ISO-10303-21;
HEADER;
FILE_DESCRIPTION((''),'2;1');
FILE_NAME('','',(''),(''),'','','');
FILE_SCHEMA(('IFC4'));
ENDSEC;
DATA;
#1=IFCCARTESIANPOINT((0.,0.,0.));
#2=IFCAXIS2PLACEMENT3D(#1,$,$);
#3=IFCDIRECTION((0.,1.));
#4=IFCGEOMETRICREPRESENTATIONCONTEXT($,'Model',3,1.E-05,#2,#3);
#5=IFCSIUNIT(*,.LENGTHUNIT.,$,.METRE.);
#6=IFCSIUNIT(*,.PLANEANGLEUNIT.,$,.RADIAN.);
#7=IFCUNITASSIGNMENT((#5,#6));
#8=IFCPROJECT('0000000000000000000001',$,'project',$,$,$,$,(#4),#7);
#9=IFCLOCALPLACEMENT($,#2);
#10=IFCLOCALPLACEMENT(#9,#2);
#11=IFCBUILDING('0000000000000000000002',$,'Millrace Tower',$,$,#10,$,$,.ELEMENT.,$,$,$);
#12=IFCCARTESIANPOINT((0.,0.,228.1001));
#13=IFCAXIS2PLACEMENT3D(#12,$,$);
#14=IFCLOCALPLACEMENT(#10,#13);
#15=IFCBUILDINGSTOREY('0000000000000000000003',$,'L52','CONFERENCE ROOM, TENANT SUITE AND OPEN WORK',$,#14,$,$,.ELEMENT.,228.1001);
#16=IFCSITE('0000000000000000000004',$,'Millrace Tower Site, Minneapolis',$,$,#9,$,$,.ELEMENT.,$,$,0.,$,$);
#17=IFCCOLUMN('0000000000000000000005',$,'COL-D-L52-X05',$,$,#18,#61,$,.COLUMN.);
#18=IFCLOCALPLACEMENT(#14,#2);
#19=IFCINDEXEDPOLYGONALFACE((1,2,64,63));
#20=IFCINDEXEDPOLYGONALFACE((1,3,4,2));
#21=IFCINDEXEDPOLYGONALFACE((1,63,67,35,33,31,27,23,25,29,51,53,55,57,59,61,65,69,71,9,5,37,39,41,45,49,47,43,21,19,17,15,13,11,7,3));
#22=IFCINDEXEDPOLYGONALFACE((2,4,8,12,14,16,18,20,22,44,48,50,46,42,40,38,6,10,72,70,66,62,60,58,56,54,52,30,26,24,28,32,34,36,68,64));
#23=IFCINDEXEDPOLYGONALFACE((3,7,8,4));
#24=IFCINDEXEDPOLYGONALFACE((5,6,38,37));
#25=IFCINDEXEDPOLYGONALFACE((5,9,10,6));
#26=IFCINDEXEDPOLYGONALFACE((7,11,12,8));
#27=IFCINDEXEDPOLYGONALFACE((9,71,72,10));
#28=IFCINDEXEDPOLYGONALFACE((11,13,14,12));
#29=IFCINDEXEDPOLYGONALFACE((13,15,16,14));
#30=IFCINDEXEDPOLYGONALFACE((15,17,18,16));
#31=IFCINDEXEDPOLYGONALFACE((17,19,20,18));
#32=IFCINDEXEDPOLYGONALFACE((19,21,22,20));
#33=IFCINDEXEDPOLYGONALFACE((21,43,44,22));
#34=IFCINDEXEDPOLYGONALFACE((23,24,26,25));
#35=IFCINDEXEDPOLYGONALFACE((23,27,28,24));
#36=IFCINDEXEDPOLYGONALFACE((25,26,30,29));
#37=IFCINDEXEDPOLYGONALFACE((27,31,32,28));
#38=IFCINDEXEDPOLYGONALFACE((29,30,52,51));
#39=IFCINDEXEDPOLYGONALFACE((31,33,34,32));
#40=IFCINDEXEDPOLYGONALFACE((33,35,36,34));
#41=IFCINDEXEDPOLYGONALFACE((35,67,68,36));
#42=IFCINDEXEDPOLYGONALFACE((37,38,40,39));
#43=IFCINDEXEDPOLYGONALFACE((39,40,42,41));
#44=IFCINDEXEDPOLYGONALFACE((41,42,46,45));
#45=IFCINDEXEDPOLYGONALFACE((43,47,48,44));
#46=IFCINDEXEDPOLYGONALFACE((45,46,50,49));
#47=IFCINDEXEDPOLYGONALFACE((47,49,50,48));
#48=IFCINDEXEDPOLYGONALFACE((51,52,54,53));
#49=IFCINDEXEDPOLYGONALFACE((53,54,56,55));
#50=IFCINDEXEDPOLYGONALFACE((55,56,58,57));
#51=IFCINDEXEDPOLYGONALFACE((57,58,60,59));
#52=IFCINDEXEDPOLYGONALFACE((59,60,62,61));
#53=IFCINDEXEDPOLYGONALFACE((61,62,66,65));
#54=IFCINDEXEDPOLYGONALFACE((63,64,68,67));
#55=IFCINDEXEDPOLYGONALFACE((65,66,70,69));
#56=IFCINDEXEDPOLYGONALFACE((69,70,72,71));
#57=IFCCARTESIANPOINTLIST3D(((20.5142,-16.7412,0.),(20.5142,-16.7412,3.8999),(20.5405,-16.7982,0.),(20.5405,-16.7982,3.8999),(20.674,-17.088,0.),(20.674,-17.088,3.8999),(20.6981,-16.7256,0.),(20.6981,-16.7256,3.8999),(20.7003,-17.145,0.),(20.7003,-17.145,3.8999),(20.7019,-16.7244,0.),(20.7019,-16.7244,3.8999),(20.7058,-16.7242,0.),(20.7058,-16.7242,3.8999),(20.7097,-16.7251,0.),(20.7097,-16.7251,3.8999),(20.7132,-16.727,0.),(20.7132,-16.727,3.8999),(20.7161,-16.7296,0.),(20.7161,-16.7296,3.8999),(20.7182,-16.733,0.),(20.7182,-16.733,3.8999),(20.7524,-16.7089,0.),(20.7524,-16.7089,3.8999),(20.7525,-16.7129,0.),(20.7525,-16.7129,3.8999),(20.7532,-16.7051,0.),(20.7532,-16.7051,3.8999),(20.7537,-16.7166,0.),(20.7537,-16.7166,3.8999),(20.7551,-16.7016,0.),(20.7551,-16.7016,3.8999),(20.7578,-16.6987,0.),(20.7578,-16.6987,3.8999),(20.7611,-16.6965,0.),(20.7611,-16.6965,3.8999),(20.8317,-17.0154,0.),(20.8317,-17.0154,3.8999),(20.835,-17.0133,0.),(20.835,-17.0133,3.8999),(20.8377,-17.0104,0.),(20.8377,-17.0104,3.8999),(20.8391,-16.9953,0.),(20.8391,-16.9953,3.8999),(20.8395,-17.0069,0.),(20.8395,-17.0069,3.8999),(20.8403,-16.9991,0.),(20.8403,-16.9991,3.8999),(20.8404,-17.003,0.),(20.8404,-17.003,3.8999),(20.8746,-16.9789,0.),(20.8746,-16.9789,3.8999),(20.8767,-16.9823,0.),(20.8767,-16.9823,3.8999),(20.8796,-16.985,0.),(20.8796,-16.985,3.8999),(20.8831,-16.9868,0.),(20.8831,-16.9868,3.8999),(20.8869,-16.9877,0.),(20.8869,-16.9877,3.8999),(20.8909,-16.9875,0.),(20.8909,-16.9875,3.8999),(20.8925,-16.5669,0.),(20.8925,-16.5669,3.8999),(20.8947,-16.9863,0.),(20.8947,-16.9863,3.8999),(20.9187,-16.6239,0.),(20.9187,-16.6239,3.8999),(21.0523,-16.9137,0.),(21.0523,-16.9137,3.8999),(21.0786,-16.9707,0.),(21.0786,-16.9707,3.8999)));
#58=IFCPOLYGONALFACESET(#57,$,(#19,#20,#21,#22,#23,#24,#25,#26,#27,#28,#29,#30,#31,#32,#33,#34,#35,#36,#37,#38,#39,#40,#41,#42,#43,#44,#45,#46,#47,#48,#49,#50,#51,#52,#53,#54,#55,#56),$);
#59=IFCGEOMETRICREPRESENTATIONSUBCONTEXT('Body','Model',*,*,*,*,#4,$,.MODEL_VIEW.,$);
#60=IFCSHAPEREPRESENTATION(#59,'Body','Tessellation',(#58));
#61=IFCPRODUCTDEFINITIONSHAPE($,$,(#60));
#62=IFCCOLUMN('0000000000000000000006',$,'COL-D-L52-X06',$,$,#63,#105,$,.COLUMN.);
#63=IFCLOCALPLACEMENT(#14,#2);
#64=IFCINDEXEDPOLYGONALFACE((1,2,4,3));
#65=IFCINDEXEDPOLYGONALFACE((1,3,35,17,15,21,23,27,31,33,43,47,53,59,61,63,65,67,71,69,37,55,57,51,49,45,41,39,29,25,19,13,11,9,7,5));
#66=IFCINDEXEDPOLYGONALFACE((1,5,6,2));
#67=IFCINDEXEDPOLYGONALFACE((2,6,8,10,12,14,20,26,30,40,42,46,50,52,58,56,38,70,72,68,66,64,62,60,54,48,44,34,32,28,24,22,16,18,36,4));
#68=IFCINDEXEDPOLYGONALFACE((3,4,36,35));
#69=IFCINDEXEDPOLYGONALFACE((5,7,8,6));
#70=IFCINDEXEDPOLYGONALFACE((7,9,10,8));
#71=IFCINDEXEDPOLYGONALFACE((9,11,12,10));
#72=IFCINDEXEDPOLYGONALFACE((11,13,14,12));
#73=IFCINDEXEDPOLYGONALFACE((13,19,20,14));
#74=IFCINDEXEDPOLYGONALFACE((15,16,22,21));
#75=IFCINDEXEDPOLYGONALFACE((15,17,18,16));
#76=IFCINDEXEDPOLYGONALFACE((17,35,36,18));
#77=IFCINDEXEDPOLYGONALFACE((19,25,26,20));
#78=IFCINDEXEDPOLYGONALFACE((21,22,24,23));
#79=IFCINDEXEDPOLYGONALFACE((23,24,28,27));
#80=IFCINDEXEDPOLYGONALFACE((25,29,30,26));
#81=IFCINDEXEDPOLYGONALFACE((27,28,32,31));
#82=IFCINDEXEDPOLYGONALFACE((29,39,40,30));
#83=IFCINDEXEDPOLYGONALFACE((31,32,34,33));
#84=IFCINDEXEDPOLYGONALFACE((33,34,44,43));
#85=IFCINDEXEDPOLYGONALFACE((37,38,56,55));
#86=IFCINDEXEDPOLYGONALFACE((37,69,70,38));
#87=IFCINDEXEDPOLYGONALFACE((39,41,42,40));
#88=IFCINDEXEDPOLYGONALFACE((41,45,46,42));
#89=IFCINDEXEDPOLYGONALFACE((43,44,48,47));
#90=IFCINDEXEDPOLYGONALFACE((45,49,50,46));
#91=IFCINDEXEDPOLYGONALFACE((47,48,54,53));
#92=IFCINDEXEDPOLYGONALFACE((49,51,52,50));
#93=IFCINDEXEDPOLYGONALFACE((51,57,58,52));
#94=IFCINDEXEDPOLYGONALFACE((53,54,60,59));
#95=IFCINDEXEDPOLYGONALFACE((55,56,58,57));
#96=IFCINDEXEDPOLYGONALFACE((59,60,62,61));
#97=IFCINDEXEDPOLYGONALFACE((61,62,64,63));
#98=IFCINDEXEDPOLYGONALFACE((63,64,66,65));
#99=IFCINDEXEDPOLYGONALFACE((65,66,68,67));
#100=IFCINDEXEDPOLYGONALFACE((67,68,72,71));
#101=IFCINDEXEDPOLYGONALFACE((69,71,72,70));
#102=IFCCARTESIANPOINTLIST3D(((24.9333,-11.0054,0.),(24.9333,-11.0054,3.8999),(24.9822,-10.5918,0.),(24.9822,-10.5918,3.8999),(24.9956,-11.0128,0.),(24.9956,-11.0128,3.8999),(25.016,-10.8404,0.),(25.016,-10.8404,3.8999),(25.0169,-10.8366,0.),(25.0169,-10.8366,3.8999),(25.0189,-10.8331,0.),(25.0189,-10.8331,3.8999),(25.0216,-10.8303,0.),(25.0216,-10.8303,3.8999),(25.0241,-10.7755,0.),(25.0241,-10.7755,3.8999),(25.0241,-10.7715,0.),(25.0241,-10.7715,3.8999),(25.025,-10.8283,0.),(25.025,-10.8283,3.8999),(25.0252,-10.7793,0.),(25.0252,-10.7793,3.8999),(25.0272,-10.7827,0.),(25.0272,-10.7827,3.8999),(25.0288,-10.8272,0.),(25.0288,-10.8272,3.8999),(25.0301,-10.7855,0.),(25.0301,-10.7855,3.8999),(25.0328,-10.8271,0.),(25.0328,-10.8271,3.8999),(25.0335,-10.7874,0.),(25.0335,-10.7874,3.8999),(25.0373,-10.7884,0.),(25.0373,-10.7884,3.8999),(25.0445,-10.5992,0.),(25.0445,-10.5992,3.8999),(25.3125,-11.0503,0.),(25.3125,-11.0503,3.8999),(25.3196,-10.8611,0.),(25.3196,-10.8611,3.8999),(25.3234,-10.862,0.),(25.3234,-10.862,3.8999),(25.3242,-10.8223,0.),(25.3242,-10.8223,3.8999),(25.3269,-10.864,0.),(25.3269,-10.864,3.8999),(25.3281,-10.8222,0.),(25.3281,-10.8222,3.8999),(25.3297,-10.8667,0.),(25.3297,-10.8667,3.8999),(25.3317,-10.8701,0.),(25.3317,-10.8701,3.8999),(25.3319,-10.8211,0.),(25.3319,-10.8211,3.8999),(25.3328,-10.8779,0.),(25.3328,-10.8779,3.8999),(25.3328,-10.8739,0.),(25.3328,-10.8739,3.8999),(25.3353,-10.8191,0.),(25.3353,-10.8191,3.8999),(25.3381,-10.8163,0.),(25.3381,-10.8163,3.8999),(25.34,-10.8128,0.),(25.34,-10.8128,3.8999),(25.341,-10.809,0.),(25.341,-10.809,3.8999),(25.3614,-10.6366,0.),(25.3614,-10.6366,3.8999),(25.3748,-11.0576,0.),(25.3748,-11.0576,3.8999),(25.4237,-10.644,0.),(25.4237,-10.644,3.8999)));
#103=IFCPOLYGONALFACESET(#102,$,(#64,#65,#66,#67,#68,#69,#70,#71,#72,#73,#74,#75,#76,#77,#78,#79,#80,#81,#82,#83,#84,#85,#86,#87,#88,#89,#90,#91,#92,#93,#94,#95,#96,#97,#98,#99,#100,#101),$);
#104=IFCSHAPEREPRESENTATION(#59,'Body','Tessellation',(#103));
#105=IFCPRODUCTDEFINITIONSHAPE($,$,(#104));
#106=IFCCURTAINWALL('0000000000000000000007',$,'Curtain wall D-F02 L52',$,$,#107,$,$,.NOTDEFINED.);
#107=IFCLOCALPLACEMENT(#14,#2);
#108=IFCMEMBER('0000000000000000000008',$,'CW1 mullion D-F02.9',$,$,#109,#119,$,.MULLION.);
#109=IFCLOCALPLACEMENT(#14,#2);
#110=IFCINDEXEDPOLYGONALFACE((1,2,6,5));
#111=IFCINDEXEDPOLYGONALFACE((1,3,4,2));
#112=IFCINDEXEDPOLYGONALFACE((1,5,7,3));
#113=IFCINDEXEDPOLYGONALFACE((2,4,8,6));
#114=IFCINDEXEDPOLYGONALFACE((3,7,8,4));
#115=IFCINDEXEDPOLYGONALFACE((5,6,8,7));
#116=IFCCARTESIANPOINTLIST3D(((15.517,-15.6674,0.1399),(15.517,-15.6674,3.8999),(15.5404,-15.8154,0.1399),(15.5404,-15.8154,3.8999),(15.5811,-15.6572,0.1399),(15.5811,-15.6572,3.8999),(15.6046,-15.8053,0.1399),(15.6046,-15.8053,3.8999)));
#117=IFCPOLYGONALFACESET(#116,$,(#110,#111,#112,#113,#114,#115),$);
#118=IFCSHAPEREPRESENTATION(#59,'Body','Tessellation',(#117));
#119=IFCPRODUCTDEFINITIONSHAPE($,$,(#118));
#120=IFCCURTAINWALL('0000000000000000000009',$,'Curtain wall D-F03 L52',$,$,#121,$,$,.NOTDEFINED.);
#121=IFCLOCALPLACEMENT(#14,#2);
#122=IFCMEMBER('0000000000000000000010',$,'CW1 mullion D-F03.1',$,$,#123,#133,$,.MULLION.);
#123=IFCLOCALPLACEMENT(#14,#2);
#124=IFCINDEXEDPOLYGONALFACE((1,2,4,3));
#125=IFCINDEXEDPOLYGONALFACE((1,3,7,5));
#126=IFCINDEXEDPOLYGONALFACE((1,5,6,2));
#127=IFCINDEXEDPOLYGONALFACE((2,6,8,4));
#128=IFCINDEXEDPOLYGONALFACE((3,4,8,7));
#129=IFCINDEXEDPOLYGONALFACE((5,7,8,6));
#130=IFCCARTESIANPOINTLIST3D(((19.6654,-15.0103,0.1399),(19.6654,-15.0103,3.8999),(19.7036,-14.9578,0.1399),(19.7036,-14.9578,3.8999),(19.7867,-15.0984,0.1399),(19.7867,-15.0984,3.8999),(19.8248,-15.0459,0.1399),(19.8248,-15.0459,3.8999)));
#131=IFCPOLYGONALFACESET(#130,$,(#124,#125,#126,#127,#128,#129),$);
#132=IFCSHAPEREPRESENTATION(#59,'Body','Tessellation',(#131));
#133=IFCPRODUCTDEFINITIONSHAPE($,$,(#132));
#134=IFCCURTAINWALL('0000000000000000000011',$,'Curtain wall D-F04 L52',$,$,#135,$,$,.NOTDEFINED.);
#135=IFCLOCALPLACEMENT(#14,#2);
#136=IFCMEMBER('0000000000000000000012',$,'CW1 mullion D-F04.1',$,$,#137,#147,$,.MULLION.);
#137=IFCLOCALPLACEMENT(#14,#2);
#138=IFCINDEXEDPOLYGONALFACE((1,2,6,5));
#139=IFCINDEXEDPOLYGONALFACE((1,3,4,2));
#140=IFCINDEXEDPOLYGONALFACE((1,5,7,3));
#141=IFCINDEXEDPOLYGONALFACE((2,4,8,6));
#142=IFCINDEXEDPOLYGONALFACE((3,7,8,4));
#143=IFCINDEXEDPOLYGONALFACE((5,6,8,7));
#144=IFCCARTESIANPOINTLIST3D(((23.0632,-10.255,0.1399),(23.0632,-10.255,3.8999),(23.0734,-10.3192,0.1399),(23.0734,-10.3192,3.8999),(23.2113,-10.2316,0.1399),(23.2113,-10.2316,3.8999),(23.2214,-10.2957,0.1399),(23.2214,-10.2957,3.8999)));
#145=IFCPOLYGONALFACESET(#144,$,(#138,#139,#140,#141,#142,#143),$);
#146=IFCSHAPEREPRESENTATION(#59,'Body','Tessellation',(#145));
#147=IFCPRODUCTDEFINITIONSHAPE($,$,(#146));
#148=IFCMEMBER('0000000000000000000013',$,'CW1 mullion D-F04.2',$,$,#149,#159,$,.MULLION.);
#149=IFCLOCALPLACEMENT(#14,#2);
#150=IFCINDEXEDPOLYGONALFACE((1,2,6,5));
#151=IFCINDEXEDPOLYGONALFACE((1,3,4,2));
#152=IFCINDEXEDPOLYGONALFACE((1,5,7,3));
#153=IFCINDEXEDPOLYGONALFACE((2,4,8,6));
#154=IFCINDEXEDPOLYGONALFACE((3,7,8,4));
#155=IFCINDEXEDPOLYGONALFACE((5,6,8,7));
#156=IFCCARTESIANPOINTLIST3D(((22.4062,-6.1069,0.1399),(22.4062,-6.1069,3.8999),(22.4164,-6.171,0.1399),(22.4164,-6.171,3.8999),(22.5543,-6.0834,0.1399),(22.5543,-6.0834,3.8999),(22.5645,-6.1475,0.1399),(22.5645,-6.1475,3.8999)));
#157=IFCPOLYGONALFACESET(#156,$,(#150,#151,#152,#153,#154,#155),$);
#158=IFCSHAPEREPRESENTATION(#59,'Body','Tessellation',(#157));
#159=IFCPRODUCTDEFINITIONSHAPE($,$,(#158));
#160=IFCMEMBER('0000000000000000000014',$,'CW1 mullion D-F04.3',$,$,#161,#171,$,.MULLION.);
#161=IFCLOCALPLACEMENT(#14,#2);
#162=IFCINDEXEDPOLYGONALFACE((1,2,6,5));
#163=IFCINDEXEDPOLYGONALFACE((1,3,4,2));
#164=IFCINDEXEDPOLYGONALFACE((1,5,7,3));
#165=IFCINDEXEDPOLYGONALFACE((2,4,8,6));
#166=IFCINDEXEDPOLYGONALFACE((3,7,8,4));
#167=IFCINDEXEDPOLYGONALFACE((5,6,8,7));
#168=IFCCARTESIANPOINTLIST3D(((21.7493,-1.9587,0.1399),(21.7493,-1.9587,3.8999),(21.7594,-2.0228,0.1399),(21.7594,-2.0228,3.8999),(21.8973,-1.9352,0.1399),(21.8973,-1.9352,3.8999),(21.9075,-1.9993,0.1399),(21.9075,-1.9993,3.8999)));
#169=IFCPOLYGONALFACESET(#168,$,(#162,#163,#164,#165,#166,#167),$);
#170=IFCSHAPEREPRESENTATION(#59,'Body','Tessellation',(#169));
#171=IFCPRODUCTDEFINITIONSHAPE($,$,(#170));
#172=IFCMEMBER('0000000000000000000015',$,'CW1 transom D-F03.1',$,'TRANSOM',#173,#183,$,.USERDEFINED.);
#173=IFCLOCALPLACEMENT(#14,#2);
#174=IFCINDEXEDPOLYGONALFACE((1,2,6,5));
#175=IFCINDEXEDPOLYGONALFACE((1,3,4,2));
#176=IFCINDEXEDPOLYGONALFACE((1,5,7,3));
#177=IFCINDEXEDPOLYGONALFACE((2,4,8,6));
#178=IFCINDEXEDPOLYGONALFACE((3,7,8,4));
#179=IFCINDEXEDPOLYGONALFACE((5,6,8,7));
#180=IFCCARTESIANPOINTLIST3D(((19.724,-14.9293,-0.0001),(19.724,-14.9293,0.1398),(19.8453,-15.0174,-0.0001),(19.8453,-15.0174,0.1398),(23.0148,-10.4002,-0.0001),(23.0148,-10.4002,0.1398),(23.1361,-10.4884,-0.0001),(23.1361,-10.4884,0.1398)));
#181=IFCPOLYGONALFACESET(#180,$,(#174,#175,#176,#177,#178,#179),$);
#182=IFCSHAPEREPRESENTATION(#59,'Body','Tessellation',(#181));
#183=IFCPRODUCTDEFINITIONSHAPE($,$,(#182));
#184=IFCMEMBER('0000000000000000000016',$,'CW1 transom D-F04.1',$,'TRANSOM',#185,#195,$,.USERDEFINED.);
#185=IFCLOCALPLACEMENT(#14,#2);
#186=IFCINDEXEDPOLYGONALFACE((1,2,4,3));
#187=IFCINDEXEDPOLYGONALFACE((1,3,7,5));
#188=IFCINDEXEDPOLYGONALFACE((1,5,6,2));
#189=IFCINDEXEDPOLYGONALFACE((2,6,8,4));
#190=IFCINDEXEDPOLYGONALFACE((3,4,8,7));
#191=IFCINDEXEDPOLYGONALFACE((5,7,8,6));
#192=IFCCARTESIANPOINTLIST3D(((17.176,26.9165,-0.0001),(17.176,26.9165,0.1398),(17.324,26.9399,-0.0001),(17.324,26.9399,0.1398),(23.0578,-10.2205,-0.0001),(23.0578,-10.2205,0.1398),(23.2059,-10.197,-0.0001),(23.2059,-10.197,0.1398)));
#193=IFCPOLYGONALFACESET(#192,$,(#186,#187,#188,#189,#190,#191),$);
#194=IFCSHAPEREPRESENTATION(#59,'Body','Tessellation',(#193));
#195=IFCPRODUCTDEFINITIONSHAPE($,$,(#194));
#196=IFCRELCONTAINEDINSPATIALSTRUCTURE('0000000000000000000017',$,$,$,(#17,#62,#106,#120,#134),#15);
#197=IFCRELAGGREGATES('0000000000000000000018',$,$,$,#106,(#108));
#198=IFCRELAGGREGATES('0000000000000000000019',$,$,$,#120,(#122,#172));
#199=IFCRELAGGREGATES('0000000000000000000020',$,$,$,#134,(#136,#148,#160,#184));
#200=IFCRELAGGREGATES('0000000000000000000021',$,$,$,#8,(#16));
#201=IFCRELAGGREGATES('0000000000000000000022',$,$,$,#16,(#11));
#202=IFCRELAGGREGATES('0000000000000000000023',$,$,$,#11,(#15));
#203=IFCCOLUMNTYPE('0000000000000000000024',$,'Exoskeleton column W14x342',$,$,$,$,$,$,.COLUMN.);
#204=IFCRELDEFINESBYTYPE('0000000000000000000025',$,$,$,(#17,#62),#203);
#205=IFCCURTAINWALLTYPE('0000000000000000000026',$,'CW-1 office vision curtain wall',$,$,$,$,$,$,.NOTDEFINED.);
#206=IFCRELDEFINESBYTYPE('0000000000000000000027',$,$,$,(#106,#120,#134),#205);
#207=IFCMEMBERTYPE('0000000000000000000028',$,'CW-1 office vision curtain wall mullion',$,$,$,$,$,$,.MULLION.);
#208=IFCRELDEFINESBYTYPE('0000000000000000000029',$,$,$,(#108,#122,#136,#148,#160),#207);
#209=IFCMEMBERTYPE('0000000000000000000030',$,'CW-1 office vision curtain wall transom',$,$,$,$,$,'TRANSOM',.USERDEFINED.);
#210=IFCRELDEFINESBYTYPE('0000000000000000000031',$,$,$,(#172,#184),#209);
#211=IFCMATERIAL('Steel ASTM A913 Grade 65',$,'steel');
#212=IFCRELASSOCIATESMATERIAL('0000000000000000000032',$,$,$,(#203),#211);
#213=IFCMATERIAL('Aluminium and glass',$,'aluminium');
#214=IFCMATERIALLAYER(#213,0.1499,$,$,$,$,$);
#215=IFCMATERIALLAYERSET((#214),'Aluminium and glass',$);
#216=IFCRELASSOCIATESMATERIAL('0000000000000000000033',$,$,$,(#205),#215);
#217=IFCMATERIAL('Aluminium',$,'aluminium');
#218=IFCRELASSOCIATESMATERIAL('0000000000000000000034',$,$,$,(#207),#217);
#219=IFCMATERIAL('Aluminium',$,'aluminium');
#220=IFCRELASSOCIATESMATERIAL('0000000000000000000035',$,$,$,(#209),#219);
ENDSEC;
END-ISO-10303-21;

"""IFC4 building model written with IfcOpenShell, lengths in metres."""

from ifc_helpers import new_model, si_unit, direction, frame, origin, origin_2d, place, context, subcontext, project, spatial, rectangle, i_section, extrude, material, layer, layer_set, material_profile, profile_set, type_object, element, aggregate, save


model = new_model("IFC4")

# Units and contexts
model_context = context("Model", 3, precision=1e-05, world=origin(), true_north=direction((0.0, 1.0)))
body_context = subcontext(model_context, "Body", "Model", "MODEL_VIEW")
ifc_project = project(units=[si_unit("LENGTHUNIT", "METRE"), si_unit("PLANEANGLEUNIT", "RADIAN")], contexts=[model_context])

# Site, building, storey
site_placement = place(None, origin())
site = spatial("IfcSite", under=ifc_project, at=site_placement, Name="Millrace Tower Site, Minneapolis", CompositionType="ELEMENT", RefElevation=0.0)
building_placement = place(site_placement, origin())
building = spatial("IfcBuilding", under=site, at=building_placement, Name="Millrace Tower", CompositionType="ELEMENT")
storey_placement = place(building_placement, frame((0.0, 0.0, 228.1001)))
storey = spatial("IfcBuildingStorey", under=building, at=storey_placement, Name="L52", Description="CONFERENCE ROOM, TENANT SUITE AND OPEN WORK", CompositionType="ELEMENT", Elevation=228.1001)

# Columns
ifc_material_1 = material(Name="Steel ASTM A913 Grade 65", Category="steel")
ifc_material_profile_1 = material_profile(ifc_material_1, i_section(OverallWidth=0.4165, OverallDepth=0.4446, WebThickness=0.0391, FlangeThickness=0.0627, FilletRadius=0.0151, at=origin_2d()))
ifc_profile_set_1 = profile_set([ifc_material_profile_1], Name="Steel ASTM A913 Grade 65")
column_type = type_object("IfcColumnType", Name="Exoskeleton column W14x342", PredefinedType="COLUMN", material=ifc_profile_set_1)
for number, where, z_axis, x_axis, name in (
    (1, (20.7964, -16.856, 0.0), (0.0, 0.0, 1.0), (0.908192, 0.418553, 0.0), "COL-D-L52-X05"),
    (2, (25.1785, -10.8247, 0.0), (0.0, 0.0, 1.0), (0.117421, 0.993082, 0.0), "COL-D-L52-X06"),
):
    element("IfcColumn", number, at=place(storey_placement, frame(where, z_axis=z_axis, x_axis=x_axis)), inside=storey, type_object=column_type, Name=name, PredefinedType="COLUMN", context=body_context, shape_type="SweptSolid", body=[
        extrude(i_section(OverallWidth=0.4165, OverallDepth=0.4446, WebThickness=0.0391, FlangeThickness=0.0627, FilletRadius=0.0151, at=origin_2d()), origin(), (0.0, 0.0, 1.0), 3.8999),
    ])

# Curtain walls, members
ifc_material_2 = material(Name="Aluminium and glass", Category="aluminium")
ifc_layer_1 = layer(ifc_material_2, 0.1499)
ifc_layer_set_1 = layer_set([ifc_layer_1], Name="Aluminium and glass")
curtain_wall_type = type_object("IfcCurtainWallType", Name="CW-1 office vision curtain wall", PredefinedType="NOTDEFINED", material=ifc_layer_set_1)
placement = place(storey_placement, origin())
curtain_wall_1 = element("IfcCurtainWall", 3, at=placement, inside=storey, type_object=curtain_wall_type, Name="Curtain wall D-F02 L52", PredefinedType="NOTDEFINED")
ifc_material_3 = material(Name="Aluminium", Category="aluminium")
ifc_material_profile_2 = material_profile(ifc_material_3, rectangle(XDim=0.0649, YDim=0.1499, at=origin_2d()))
ifc_profile_set_2 = profile_set([ifc_material_profile_2], Name="Aluminium")
member_type_1 = type_object("IfcMemberType", Name="CW-1 office vision curtain wall mullion", PredefinedType="MULLION", material=ifc_profile_set_2)
member_1_placement = place(storey_placement, frame((15.5608, -15.7363, 0.1399), z_axis=(0.0, 0.0, 1.0), x_axis=(0.987688, 0.156434, 0.0)))
member_1 = element("IfcMember", 4, at=member_1_placement, type_object=member_type_1, Name="CW1 mullion D-F02.9", PredefinedType="MULLION", context=body_context, shape_type="SweptSolid", body=[
    extrude(rectangle(XDim=0.0649, YDim=0.1499, at=origin_2d()), origin(), (0.0, 0.0, 1.0), 3.76),
])
aggregate(curtain_wall_1, [member_1])
curtain_wall_2 = element("IfcCurtainWall", 5, at=placement, inside=storey, type_object=curtain_wall_type, Name="Curtain wall D-F03 L52", PredefinedType="NOTDEFINED")
member_2_placement = place(storey_placement, frame((19.7451, -15.0281, 0.1399), z_axis=(0.0, 0.0, 1.0), x_axis=(0.587785, 0.809017, 0.0)))
member_2 = element("IfcMember", 6, at=member_2_placement, type_object=member_type_1, Name="CW1 mullion D-F03.1", PredefinedType="MULLION", context=body_context, shape_type="SweptSolid", body=[
    extrude(rectangle(XDim=0.0649, YDim=0.1499, at=origin_2d()), origin(), (0.0, 0.0, 1.0), 3.76),
])

# Curtain wall, members
curtain_wall_3 = element("IfcCurtainWall", 7, at=placement, inside=storey, type_object=curtain_wall_type, Name="Curtain wall D-F04 L52", PredefinedType="NOTDEFINED")
member_3_placement = place(storey_placement, frame((23.1423, -10.2754, 0.1399), z_axis=(0.0, 0.0, 1.0), x_axis=(-0.156434, 0.987688, 0.0)))
member_3 = element("IfcMember", 8, at=member_3_placement, type_object=member_type_1, Name="CW1 mullion D-F04.1", PredefinedType="MULLION", context=body_context, shape_type="SweptSolid", body=[
    extrude(rectangle(XDim=0.0649, YDim=0.1499, at=origin_2d()), origin(), (0.0, 0.0, 1.0), 3.76),
])
member_4_placement = place(storey_placement, frame((22.4854, -6.1272, 0.1399), z_axis=(0.0, 0.0, 1.0), x_axis=(-0.156434, 0.987688, 0.0)))
member_4 = element("IfcMember", 9, at=member_4_placement, type_object=member_type_1, Name="CW1 mullion D-F04.2", PredefinedType="MULLION", context=body_context, shape_type="SweptSolid", body=[
    extrude(rectangle(XDim=0.0649, YDim=0.1499, at=origin_2d()), origin(), (0.0, 0.0, 1.0), 3.76),
])
member_5_placement = place(storey_placement, frame((21.8284, -1.979, 0.1399), z_axis=(0.0, 0.0, 1.0), x_axis=(-0.156434, 0.987688, 0.0)))
member_5 = element("IfcMember", 10, at=member_5_placement, type_object=member_type_1, Name="CW1 mullion D-F04.3", PredefinedType="MULLION", context=body_context, shape_type="SweptSolid", body=[
    extrude(rectangle(XDim=0.0649, YDim=0.1499, at=origin_2d()), origin(), (0.0, 0.0, 1.0), 3.76),
])

# Members
ifc_material_4 = material(Name="Aluminium", Category="aluminium")
ifc_material_profile_3 = material_profile(ifc_material_4, rectangle(XDim=0.1499, YDim=0.1399, at=origin_2d()))
ifc_profile_set_3 = profile_set([ifc_material_profile_3], Name="Aluminium")
member_type_2 = type_object("IfcMemberType", Name="CW-1 office vision curtain wall transom", ElementType="TRANSOM", PredefinedType="USERDEFINED", material=ifc_profile_set_3)
member_6_placement = place(storey_placement, frame((19.7847, -14.9734, 0.0698), z_axis=(0.587811, 0.808998, 0.0), x_axis=(-0.808998, 0.587811, 0.0)))
member_6 = element("IfcMember", 11, at=member_6_placement, type_object=member_type_2, Name="CW1 transom D-F03.1", ObjectType="TRANSOM", PredefinedType="USERDEFINED", context=body_context, shape_type="SweptSolid", body=[
    extrude(rectangle(XDim=0.1499, YDim=0.1399, at=origin_2d()), origin(), (0.0, 0.0, 1.0), 5.5984),
])
aggregate(curtain_wall_2, [member_2, member_6])
member_7_placement = place(storey_placement, frame((23.1318, -10.2087, 0.0698), z_axis=(-0.156432, 0.987689, 0.0), x_axis=(-0.987689, -0.156432, 0.0)))
member_7 = element("IfcMember", 12, at=member_7_placement, type_object=member_type_2, Name="CW1 transom D-F04.1", ObjectType="TRANSOM", PredefinedType="USERDEFINED", context=body_context, shape_type="SweptSolid", body=[
    extrude(rectangle(XDim=0.1499, YDim=0.1399, at=origin_2d()), origin(), (0.0, 0.0, 1.0), 37.5999),
])
aggregate(curtain_wall_3, [member_3, member_4, member_5, member_7])

save(model, "model.ifc")
